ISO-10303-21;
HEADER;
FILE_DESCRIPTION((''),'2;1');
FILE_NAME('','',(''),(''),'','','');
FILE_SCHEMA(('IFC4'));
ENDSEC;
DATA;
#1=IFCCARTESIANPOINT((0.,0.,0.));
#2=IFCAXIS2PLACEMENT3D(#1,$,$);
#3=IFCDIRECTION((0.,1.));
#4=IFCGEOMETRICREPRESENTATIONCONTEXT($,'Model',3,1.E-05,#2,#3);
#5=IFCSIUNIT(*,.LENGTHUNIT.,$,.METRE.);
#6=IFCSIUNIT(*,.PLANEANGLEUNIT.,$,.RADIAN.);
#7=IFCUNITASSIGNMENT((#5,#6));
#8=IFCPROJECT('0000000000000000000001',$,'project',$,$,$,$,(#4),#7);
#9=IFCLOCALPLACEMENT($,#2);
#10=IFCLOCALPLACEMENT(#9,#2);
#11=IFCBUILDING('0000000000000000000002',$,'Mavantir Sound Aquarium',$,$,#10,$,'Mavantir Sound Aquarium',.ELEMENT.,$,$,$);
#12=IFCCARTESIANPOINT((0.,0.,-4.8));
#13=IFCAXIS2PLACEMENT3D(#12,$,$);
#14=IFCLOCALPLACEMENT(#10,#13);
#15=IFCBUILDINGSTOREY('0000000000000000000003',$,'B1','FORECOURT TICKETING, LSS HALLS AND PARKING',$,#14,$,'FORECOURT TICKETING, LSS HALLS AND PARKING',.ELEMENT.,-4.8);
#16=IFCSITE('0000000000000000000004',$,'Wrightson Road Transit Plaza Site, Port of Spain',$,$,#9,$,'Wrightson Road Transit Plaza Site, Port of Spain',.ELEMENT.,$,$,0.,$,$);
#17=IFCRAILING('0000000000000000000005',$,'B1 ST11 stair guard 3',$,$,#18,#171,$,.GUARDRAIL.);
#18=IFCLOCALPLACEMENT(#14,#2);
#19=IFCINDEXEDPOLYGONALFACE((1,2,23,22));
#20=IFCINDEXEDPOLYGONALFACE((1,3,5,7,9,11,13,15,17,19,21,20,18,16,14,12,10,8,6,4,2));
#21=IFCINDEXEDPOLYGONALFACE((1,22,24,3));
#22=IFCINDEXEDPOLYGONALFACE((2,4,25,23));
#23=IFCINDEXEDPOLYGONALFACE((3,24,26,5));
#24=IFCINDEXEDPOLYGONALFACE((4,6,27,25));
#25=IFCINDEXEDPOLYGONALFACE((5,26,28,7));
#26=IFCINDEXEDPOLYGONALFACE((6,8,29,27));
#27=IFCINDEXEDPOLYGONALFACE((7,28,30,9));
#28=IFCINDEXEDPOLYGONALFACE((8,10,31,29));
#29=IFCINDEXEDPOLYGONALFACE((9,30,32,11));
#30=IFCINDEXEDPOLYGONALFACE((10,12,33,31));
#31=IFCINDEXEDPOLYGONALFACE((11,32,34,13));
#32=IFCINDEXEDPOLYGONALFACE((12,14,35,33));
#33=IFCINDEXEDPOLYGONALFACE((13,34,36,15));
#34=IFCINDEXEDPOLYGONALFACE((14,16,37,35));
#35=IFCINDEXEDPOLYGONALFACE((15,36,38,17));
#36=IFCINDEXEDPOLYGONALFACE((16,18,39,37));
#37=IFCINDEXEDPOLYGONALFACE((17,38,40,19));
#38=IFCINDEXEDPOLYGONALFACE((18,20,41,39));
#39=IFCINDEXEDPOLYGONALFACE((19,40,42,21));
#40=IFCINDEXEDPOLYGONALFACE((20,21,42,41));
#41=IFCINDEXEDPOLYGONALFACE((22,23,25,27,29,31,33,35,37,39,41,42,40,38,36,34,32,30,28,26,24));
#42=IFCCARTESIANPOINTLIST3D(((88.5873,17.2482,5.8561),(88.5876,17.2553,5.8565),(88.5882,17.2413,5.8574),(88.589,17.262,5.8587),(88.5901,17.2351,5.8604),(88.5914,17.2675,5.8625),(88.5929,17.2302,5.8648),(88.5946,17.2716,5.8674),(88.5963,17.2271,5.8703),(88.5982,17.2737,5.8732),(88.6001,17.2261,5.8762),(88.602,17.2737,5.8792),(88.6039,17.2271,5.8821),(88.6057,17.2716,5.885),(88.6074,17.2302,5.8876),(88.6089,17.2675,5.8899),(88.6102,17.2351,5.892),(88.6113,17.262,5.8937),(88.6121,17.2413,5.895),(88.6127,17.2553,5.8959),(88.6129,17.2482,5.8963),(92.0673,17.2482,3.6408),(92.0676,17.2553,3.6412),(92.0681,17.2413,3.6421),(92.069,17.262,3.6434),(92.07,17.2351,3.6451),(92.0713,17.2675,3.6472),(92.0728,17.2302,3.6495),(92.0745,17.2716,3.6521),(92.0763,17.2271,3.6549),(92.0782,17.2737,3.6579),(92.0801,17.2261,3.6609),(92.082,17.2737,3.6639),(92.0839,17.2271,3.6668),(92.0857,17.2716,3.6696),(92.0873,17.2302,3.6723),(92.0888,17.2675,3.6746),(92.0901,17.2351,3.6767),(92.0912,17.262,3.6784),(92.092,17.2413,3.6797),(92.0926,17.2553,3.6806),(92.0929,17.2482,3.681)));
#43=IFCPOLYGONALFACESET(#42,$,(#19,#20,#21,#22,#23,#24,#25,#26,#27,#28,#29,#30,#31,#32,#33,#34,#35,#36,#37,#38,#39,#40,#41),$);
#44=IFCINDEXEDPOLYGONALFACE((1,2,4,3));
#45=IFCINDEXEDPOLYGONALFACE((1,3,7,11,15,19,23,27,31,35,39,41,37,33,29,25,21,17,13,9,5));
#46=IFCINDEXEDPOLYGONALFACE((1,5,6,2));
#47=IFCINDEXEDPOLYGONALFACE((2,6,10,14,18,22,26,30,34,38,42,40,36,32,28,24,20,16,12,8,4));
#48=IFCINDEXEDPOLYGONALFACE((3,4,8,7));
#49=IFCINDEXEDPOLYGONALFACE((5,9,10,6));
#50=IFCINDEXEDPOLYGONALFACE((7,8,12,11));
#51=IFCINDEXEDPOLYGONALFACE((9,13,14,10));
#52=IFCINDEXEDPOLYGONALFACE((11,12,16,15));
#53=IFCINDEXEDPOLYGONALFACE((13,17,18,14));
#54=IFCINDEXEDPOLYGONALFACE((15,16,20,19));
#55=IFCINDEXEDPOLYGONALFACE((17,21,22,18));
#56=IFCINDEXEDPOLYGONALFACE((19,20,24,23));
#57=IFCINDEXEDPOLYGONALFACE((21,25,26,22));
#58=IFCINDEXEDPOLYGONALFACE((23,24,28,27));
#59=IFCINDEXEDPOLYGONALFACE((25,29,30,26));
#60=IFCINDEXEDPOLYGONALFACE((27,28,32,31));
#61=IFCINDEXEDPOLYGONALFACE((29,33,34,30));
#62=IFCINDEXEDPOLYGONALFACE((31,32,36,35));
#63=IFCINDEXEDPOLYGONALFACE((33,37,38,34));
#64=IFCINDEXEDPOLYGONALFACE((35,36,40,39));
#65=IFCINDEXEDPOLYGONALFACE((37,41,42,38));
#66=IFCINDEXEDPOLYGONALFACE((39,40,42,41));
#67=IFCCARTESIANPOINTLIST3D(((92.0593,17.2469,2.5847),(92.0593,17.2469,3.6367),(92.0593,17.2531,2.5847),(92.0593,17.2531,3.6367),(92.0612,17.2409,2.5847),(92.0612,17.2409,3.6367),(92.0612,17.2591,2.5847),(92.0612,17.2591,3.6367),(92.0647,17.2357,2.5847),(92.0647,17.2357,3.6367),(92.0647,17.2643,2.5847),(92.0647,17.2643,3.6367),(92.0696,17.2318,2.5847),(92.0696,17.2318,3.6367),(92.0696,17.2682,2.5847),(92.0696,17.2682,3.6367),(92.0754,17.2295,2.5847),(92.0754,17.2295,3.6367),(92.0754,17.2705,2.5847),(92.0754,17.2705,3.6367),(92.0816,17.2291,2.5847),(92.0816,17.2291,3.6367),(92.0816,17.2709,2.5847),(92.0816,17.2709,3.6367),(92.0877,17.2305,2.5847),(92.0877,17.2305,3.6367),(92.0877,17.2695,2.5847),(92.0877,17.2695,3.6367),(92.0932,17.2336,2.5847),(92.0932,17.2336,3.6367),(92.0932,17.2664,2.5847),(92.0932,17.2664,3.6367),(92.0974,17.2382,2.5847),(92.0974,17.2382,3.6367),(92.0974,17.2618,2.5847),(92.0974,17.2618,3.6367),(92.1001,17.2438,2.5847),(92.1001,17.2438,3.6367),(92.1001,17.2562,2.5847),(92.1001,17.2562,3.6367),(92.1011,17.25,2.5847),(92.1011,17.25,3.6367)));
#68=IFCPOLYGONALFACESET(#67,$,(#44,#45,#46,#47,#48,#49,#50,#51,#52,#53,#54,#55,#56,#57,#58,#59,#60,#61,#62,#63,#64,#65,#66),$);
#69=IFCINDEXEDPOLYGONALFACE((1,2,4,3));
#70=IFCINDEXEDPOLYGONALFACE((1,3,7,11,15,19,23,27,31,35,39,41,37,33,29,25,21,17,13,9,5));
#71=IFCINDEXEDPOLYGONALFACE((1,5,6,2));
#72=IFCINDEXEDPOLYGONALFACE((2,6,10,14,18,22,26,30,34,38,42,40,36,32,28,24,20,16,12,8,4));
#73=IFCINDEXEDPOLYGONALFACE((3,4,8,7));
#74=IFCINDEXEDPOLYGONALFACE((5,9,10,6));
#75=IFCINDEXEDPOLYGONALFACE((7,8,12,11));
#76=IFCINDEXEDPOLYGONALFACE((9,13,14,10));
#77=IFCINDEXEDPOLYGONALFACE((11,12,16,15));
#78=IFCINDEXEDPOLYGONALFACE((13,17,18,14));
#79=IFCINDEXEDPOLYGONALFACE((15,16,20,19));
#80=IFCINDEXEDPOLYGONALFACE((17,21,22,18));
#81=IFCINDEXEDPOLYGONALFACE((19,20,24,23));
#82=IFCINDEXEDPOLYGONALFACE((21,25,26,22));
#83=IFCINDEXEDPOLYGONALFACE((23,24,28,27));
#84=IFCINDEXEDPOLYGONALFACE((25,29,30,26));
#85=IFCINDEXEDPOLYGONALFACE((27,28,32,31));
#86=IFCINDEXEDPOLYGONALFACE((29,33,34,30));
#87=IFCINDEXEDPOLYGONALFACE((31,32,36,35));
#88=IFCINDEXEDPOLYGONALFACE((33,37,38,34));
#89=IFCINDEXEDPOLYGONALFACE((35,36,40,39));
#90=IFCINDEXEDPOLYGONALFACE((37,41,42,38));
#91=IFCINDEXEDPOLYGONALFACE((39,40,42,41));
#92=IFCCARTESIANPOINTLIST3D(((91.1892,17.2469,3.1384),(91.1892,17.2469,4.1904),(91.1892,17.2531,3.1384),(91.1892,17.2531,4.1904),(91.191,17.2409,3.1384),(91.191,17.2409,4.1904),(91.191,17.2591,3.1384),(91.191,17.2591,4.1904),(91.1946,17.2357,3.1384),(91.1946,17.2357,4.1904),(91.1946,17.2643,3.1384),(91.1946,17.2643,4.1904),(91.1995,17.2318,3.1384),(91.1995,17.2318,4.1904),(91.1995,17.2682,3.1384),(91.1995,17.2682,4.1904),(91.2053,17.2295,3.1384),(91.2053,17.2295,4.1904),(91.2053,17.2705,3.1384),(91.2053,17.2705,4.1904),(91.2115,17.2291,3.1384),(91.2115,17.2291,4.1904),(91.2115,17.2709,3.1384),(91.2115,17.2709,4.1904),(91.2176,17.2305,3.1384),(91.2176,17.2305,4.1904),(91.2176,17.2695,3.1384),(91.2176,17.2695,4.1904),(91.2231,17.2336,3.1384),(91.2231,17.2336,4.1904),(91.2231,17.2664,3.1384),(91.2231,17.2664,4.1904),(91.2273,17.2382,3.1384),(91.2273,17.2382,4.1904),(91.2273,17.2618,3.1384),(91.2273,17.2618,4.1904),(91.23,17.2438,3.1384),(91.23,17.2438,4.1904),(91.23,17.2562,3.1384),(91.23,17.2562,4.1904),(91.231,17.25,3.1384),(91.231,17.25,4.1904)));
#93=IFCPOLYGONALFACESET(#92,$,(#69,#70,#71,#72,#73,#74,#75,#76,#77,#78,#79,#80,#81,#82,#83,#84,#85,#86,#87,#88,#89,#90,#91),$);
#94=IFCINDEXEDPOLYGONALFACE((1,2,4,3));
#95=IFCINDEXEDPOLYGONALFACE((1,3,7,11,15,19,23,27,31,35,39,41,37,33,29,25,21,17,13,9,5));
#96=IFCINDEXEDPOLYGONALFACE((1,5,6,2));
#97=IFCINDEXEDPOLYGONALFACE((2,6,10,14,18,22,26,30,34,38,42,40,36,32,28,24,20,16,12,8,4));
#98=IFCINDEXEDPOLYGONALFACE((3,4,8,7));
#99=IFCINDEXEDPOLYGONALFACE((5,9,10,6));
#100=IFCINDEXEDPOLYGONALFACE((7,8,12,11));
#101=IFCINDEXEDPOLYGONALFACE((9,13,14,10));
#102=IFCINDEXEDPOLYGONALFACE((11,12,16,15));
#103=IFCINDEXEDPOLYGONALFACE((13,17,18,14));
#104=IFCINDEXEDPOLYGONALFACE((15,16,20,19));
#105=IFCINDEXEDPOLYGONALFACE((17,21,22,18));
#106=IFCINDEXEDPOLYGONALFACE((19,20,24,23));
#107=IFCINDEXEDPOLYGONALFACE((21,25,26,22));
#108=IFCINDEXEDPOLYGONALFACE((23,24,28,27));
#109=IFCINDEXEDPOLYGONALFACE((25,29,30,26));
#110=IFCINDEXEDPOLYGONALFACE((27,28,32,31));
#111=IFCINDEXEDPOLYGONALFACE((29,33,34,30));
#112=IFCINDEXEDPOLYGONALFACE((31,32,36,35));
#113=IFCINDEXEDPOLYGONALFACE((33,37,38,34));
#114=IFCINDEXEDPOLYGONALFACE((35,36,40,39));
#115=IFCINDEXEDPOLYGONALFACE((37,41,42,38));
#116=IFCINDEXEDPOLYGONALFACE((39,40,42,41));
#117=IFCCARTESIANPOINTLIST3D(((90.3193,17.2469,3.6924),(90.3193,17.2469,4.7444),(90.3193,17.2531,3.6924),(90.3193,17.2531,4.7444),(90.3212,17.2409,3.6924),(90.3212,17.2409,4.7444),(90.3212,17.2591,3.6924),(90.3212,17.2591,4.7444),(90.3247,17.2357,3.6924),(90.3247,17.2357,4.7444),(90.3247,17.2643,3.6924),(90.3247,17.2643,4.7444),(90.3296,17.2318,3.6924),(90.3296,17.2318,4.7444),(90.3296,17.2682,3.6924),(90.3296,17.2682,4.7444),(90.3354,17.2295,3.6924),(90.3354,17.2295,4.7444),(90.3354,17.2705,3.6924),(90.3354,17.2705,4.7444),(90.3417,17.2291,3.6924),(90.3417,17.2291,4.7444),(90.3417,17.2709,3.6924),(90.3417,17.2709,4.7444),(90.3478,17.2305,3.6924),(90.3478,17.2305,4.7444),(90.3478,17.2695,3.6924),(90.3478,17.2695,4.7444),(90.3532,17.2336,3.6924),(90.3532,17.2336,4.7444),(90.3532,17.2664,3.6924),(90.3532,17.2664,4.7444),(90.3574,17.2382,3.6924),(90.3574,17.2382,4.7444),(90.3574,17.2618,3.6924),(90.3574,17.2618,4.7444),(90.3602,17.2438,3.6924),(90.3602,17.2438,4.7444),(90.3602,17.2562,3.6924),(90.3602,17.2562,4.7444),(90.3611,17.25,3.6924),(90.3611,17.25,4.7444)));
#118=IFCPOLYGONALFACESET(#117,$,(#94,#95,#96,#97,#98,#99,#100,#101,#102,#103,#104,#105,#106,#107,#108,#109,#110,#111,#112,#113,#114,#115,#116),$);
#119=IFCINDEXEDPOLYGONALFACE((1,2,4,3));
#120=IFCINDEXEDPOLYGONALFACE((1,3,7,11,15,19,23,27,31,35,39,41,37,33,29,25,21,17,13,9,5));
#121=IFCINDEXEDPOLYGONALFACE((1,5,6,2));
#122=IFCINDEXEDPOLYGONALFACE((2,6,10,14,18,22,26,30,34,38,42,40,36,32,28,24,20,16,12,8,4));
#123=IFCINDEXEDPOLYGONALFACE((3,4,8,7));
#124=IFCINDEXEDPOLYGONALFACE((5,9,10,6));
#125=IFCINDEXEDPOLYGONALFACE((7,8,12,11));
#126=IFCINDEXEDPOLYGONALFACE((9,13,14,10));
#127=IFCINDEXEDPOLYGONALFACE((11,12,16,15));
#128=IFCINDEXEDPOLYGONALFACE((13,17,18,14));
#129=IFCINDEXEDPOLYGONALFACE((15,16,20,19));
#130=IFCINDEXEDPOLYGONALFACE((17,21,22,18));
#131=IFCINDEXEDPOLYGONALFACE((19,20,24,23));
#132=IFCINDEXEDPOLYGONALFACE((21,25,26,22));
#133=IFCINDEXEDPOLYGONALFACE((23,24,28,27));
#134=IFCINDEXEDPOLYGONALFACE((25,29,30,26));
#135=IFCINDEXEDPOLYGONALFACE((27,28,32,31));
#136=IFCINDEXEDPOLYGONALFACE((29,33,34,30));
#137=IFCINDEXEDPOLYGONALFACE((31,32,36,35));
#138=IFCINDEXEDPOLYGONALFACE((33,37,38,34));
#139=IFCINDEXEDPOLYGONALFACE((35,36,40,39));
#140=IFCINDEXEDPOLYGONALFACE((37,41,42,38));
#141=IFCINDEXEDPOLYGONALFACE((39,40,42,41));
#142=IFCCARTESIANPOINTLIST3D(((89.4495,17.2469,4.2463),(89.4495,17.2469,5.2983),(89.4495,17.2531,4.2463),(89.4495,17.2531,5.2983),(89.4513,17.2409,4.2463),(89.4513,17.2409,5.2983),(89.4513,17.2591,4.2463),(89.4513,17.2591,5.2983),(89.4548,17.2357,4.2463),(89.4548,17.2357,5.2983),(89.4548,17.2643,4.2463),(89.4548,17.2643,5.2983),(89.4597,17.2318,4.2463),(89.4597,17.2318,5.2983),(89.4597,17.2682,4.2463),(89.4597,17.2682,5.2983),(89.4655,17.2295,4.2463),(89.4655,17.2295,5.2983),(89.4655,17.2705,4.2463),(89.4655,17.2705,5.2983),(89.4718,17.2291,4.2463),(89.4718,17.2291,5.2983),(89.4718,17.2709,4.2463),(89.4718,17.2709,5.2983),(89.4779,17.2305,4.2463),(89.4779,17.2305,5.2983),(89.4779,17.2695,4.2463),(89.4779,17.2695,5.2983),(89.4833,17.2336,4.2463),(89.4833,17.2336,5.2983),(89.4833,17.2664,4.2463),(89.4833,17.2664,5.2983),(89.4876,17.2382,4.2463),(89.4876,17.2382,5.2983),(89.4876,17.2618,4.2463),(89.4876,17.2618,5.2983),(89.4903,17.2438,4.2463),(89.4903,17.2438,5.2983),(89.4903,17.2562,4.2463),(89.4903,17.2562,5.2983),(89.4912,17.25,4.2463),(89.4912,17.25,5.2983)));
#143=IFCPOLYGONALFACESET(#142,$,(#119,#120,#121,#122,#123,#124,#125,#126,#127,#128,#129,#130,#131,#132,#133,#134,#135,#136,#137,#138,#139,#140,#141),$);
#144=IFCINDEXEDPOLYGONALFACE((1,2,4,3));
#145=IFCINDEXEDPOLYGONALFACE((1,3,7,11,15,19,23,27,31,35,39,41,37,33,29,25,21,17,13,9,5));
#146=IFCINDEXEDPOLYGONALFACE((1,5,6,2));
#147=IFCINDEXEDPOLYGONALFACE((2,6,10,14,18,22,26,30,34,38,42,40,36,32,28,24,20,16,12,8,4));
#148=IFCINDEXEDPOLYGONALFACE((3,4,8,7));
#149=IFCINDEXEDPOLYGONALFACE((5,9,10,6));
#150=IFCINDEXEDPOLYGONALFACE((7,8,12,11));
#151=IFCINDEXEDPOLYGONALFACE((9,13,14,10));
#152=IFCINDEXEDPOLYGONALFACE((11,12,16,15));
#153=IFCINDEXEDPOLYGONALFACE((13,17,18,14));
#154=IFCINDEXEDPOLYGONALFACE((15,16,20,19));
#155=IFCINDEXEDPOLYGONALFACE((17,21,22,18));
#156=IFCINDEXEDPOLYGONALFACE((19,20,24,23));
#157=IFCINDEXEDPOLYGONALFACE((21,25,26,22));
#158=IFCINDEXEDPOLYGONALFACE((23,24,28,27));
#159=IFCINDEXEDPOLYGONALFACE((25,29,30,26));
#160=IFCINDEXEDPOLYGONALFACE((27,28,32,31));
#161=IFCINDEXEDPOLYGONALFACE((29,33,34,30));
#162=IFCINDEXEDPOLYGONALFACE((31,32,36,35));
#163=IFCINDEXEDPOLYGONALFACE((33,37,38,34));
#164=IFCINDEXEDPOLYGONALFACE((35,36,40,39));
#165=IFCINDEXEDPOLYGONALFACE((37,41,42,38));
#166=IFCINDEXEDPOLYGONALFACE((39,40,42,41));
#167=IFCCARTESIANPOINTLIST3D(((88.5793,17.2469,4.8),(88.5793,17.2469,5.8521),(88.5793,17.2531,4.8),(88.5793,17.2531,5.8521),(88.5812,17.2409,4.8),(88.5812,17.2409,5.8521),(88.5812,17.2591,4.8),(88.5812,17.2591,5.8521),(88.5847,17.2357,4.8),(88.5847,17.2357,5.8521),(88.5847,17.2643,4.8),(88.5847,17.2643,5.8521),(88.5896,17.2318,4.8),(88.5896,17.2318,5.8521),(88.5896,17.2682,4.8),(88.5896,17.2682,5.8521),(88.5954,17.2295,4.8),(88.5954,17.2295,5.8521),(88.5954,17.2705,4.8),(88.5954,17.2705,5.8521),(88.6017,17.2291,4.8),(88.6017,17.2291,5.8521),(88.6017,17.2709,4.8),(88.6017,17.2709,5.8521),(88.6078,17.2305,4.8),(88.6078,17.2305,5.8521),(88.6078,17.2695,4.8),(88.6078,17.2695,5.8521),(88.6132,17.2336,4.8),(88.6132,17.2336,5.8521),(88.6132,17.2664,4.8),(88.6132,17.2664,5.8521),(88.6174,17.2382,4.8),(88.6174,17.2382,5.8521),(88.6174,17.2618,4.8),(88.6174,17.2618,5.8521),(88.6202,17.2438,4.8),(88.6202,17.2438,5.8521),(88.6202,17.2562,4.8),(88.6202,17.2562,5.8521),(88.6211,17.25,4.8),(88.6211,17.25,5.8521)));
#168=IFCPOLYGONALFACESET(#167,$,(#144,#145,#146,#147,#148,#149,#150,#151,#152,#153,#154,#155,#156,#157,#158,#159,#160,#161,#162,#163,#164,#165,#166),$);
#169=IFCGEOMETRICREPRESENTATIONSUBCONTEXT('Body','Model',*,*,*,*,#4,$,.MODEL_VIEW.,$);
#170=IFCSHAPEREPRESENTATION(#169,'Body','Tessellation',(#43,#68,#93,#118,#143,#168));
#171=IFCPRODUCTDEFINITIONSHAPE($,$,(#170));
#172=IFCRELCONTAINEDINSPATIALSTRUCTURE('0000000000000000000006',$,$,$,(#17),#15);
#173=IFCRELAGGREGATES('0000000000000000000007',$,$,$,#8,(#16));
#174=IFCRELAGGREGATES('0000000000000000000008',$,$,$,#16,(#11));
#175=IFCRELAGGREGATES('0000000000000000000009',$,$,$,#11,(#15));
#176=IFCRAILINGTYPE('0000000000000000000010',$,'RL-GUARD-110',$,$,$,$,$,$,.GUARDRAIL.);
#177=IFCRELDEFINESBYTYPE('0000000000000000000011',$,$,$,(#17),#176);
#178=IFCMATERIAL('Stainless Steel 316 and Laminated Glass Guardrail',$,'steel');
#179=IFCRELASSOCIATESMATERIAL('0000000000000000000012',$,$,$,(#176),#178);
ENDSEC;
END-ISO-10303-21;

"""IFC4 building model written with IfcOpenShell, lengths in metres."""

from ifc_helpers import new_model, si_unit, direction, frame, origin, origin_2d, place, context, subcontext, project, spatial, circle, extrude, material, type_object, element, save


model = new_model("IFC4")

# Units and contexts
model_context = context("Model", 3, precision=1e-05, world=origin(), true_north=direction((0.0, 1.0)))
body_context = subcontext(model_context, "Body", "Model", "MODEL_VIEW")
ifc_project = project(units=[si_unit("LENGTHUNIT", "METRE"), si_unit("PLANEANGLEUNIT", "RADIAN")], contexts=[model_context])

# Site, building, storey
site_placement = place(None, origin())
site = spatial("IfcSite", under=ifc_project, at=site_placement, Name="Wrightson Road Transit Plaza Site, Port of Spain", LongName="Wrightson Road Transit Plaza Site, Port of Spain", CompositionType="ELEMENT", RefElevation=0.0)
building_placement = place(site_placement, origin())
building = spatial("IfcBuilding", under=site, at=building_placement, Name="Mavantir Sound Aquarium", LongName="Mavantir Sound Aquarium", CompositionType="ELEMENT")
storey_placement = place(building_placement, frame((0.0, 0.0, -4.8)))
storey = spatial("IfcBuildingStorey", under=building, at=storey_placement, Name="B1", Description="FORECOURT TICKETING, LSS HALLS AND PARKING", LongName="FORECOURT TICKETING, LSS HALLS AND PARKING", CompositionType="ELEMENT", Elevation=-4.8)

# Railing
ifc_material_1 = material(Name="Stainless Steel 316 and Laminated Glass Guardrail", Category="steel")
railing_type_1 = type_object("IfcRailingType", Name="RL-GUARD-110", PredefinedType="GUARDRAIL", material=ifc_material_1)
railing_1_placement = place(storey_placement, frame((92.0801, 17.25, 2.5847)))
element("IfcRailing", 1, at=railing_1_placement, inside=storey, type_object=railing_type_1, Name="B1 ST11 stair guard 3", PredefinedType="GUARDRAIL", context=body_context, shape_type="SweptSolid", body=[
    extrude(circle(Radius=0.0239, at=origin_2d()), frame((0.0, 0.0, 1.0762), z_axis=(-0.843574, 0.0, 0.537013), x_axis=(0.0, -1.0, 0.0)), (0.0, 0.0, 1.0), 4.1252),
    extrude(circle(Radius=0.021, at=origin_2d()), origin(), (0.0, 0.0, 1.0), 1.052),
    extrude(circle(Radius=0.021, at=origin_2d()), frame((-0.8701, 0.0, 0.5537)), (0.0, 0.0, 1.0), 1.052),
    extrude(circle(Radius=0.021, at=origin_2d()), frame((-1.74, 0.0, 1.1077)), (0.0, 0.0, 1.0), 1.052),
    extrude(circle(Radius=0.021, at=origin_2d()), frame((-2.6099, 0.0, 1.6616)), (0.0, 0.0, 1.0), 1.052),
    extrude(circle(Radius=0.021, at=origin_2d()), frame((-3.48, 0.0, 2.2153)), (0.0, 0.0, 1.0), 1.052),
])

save(model, "model.ifc")
